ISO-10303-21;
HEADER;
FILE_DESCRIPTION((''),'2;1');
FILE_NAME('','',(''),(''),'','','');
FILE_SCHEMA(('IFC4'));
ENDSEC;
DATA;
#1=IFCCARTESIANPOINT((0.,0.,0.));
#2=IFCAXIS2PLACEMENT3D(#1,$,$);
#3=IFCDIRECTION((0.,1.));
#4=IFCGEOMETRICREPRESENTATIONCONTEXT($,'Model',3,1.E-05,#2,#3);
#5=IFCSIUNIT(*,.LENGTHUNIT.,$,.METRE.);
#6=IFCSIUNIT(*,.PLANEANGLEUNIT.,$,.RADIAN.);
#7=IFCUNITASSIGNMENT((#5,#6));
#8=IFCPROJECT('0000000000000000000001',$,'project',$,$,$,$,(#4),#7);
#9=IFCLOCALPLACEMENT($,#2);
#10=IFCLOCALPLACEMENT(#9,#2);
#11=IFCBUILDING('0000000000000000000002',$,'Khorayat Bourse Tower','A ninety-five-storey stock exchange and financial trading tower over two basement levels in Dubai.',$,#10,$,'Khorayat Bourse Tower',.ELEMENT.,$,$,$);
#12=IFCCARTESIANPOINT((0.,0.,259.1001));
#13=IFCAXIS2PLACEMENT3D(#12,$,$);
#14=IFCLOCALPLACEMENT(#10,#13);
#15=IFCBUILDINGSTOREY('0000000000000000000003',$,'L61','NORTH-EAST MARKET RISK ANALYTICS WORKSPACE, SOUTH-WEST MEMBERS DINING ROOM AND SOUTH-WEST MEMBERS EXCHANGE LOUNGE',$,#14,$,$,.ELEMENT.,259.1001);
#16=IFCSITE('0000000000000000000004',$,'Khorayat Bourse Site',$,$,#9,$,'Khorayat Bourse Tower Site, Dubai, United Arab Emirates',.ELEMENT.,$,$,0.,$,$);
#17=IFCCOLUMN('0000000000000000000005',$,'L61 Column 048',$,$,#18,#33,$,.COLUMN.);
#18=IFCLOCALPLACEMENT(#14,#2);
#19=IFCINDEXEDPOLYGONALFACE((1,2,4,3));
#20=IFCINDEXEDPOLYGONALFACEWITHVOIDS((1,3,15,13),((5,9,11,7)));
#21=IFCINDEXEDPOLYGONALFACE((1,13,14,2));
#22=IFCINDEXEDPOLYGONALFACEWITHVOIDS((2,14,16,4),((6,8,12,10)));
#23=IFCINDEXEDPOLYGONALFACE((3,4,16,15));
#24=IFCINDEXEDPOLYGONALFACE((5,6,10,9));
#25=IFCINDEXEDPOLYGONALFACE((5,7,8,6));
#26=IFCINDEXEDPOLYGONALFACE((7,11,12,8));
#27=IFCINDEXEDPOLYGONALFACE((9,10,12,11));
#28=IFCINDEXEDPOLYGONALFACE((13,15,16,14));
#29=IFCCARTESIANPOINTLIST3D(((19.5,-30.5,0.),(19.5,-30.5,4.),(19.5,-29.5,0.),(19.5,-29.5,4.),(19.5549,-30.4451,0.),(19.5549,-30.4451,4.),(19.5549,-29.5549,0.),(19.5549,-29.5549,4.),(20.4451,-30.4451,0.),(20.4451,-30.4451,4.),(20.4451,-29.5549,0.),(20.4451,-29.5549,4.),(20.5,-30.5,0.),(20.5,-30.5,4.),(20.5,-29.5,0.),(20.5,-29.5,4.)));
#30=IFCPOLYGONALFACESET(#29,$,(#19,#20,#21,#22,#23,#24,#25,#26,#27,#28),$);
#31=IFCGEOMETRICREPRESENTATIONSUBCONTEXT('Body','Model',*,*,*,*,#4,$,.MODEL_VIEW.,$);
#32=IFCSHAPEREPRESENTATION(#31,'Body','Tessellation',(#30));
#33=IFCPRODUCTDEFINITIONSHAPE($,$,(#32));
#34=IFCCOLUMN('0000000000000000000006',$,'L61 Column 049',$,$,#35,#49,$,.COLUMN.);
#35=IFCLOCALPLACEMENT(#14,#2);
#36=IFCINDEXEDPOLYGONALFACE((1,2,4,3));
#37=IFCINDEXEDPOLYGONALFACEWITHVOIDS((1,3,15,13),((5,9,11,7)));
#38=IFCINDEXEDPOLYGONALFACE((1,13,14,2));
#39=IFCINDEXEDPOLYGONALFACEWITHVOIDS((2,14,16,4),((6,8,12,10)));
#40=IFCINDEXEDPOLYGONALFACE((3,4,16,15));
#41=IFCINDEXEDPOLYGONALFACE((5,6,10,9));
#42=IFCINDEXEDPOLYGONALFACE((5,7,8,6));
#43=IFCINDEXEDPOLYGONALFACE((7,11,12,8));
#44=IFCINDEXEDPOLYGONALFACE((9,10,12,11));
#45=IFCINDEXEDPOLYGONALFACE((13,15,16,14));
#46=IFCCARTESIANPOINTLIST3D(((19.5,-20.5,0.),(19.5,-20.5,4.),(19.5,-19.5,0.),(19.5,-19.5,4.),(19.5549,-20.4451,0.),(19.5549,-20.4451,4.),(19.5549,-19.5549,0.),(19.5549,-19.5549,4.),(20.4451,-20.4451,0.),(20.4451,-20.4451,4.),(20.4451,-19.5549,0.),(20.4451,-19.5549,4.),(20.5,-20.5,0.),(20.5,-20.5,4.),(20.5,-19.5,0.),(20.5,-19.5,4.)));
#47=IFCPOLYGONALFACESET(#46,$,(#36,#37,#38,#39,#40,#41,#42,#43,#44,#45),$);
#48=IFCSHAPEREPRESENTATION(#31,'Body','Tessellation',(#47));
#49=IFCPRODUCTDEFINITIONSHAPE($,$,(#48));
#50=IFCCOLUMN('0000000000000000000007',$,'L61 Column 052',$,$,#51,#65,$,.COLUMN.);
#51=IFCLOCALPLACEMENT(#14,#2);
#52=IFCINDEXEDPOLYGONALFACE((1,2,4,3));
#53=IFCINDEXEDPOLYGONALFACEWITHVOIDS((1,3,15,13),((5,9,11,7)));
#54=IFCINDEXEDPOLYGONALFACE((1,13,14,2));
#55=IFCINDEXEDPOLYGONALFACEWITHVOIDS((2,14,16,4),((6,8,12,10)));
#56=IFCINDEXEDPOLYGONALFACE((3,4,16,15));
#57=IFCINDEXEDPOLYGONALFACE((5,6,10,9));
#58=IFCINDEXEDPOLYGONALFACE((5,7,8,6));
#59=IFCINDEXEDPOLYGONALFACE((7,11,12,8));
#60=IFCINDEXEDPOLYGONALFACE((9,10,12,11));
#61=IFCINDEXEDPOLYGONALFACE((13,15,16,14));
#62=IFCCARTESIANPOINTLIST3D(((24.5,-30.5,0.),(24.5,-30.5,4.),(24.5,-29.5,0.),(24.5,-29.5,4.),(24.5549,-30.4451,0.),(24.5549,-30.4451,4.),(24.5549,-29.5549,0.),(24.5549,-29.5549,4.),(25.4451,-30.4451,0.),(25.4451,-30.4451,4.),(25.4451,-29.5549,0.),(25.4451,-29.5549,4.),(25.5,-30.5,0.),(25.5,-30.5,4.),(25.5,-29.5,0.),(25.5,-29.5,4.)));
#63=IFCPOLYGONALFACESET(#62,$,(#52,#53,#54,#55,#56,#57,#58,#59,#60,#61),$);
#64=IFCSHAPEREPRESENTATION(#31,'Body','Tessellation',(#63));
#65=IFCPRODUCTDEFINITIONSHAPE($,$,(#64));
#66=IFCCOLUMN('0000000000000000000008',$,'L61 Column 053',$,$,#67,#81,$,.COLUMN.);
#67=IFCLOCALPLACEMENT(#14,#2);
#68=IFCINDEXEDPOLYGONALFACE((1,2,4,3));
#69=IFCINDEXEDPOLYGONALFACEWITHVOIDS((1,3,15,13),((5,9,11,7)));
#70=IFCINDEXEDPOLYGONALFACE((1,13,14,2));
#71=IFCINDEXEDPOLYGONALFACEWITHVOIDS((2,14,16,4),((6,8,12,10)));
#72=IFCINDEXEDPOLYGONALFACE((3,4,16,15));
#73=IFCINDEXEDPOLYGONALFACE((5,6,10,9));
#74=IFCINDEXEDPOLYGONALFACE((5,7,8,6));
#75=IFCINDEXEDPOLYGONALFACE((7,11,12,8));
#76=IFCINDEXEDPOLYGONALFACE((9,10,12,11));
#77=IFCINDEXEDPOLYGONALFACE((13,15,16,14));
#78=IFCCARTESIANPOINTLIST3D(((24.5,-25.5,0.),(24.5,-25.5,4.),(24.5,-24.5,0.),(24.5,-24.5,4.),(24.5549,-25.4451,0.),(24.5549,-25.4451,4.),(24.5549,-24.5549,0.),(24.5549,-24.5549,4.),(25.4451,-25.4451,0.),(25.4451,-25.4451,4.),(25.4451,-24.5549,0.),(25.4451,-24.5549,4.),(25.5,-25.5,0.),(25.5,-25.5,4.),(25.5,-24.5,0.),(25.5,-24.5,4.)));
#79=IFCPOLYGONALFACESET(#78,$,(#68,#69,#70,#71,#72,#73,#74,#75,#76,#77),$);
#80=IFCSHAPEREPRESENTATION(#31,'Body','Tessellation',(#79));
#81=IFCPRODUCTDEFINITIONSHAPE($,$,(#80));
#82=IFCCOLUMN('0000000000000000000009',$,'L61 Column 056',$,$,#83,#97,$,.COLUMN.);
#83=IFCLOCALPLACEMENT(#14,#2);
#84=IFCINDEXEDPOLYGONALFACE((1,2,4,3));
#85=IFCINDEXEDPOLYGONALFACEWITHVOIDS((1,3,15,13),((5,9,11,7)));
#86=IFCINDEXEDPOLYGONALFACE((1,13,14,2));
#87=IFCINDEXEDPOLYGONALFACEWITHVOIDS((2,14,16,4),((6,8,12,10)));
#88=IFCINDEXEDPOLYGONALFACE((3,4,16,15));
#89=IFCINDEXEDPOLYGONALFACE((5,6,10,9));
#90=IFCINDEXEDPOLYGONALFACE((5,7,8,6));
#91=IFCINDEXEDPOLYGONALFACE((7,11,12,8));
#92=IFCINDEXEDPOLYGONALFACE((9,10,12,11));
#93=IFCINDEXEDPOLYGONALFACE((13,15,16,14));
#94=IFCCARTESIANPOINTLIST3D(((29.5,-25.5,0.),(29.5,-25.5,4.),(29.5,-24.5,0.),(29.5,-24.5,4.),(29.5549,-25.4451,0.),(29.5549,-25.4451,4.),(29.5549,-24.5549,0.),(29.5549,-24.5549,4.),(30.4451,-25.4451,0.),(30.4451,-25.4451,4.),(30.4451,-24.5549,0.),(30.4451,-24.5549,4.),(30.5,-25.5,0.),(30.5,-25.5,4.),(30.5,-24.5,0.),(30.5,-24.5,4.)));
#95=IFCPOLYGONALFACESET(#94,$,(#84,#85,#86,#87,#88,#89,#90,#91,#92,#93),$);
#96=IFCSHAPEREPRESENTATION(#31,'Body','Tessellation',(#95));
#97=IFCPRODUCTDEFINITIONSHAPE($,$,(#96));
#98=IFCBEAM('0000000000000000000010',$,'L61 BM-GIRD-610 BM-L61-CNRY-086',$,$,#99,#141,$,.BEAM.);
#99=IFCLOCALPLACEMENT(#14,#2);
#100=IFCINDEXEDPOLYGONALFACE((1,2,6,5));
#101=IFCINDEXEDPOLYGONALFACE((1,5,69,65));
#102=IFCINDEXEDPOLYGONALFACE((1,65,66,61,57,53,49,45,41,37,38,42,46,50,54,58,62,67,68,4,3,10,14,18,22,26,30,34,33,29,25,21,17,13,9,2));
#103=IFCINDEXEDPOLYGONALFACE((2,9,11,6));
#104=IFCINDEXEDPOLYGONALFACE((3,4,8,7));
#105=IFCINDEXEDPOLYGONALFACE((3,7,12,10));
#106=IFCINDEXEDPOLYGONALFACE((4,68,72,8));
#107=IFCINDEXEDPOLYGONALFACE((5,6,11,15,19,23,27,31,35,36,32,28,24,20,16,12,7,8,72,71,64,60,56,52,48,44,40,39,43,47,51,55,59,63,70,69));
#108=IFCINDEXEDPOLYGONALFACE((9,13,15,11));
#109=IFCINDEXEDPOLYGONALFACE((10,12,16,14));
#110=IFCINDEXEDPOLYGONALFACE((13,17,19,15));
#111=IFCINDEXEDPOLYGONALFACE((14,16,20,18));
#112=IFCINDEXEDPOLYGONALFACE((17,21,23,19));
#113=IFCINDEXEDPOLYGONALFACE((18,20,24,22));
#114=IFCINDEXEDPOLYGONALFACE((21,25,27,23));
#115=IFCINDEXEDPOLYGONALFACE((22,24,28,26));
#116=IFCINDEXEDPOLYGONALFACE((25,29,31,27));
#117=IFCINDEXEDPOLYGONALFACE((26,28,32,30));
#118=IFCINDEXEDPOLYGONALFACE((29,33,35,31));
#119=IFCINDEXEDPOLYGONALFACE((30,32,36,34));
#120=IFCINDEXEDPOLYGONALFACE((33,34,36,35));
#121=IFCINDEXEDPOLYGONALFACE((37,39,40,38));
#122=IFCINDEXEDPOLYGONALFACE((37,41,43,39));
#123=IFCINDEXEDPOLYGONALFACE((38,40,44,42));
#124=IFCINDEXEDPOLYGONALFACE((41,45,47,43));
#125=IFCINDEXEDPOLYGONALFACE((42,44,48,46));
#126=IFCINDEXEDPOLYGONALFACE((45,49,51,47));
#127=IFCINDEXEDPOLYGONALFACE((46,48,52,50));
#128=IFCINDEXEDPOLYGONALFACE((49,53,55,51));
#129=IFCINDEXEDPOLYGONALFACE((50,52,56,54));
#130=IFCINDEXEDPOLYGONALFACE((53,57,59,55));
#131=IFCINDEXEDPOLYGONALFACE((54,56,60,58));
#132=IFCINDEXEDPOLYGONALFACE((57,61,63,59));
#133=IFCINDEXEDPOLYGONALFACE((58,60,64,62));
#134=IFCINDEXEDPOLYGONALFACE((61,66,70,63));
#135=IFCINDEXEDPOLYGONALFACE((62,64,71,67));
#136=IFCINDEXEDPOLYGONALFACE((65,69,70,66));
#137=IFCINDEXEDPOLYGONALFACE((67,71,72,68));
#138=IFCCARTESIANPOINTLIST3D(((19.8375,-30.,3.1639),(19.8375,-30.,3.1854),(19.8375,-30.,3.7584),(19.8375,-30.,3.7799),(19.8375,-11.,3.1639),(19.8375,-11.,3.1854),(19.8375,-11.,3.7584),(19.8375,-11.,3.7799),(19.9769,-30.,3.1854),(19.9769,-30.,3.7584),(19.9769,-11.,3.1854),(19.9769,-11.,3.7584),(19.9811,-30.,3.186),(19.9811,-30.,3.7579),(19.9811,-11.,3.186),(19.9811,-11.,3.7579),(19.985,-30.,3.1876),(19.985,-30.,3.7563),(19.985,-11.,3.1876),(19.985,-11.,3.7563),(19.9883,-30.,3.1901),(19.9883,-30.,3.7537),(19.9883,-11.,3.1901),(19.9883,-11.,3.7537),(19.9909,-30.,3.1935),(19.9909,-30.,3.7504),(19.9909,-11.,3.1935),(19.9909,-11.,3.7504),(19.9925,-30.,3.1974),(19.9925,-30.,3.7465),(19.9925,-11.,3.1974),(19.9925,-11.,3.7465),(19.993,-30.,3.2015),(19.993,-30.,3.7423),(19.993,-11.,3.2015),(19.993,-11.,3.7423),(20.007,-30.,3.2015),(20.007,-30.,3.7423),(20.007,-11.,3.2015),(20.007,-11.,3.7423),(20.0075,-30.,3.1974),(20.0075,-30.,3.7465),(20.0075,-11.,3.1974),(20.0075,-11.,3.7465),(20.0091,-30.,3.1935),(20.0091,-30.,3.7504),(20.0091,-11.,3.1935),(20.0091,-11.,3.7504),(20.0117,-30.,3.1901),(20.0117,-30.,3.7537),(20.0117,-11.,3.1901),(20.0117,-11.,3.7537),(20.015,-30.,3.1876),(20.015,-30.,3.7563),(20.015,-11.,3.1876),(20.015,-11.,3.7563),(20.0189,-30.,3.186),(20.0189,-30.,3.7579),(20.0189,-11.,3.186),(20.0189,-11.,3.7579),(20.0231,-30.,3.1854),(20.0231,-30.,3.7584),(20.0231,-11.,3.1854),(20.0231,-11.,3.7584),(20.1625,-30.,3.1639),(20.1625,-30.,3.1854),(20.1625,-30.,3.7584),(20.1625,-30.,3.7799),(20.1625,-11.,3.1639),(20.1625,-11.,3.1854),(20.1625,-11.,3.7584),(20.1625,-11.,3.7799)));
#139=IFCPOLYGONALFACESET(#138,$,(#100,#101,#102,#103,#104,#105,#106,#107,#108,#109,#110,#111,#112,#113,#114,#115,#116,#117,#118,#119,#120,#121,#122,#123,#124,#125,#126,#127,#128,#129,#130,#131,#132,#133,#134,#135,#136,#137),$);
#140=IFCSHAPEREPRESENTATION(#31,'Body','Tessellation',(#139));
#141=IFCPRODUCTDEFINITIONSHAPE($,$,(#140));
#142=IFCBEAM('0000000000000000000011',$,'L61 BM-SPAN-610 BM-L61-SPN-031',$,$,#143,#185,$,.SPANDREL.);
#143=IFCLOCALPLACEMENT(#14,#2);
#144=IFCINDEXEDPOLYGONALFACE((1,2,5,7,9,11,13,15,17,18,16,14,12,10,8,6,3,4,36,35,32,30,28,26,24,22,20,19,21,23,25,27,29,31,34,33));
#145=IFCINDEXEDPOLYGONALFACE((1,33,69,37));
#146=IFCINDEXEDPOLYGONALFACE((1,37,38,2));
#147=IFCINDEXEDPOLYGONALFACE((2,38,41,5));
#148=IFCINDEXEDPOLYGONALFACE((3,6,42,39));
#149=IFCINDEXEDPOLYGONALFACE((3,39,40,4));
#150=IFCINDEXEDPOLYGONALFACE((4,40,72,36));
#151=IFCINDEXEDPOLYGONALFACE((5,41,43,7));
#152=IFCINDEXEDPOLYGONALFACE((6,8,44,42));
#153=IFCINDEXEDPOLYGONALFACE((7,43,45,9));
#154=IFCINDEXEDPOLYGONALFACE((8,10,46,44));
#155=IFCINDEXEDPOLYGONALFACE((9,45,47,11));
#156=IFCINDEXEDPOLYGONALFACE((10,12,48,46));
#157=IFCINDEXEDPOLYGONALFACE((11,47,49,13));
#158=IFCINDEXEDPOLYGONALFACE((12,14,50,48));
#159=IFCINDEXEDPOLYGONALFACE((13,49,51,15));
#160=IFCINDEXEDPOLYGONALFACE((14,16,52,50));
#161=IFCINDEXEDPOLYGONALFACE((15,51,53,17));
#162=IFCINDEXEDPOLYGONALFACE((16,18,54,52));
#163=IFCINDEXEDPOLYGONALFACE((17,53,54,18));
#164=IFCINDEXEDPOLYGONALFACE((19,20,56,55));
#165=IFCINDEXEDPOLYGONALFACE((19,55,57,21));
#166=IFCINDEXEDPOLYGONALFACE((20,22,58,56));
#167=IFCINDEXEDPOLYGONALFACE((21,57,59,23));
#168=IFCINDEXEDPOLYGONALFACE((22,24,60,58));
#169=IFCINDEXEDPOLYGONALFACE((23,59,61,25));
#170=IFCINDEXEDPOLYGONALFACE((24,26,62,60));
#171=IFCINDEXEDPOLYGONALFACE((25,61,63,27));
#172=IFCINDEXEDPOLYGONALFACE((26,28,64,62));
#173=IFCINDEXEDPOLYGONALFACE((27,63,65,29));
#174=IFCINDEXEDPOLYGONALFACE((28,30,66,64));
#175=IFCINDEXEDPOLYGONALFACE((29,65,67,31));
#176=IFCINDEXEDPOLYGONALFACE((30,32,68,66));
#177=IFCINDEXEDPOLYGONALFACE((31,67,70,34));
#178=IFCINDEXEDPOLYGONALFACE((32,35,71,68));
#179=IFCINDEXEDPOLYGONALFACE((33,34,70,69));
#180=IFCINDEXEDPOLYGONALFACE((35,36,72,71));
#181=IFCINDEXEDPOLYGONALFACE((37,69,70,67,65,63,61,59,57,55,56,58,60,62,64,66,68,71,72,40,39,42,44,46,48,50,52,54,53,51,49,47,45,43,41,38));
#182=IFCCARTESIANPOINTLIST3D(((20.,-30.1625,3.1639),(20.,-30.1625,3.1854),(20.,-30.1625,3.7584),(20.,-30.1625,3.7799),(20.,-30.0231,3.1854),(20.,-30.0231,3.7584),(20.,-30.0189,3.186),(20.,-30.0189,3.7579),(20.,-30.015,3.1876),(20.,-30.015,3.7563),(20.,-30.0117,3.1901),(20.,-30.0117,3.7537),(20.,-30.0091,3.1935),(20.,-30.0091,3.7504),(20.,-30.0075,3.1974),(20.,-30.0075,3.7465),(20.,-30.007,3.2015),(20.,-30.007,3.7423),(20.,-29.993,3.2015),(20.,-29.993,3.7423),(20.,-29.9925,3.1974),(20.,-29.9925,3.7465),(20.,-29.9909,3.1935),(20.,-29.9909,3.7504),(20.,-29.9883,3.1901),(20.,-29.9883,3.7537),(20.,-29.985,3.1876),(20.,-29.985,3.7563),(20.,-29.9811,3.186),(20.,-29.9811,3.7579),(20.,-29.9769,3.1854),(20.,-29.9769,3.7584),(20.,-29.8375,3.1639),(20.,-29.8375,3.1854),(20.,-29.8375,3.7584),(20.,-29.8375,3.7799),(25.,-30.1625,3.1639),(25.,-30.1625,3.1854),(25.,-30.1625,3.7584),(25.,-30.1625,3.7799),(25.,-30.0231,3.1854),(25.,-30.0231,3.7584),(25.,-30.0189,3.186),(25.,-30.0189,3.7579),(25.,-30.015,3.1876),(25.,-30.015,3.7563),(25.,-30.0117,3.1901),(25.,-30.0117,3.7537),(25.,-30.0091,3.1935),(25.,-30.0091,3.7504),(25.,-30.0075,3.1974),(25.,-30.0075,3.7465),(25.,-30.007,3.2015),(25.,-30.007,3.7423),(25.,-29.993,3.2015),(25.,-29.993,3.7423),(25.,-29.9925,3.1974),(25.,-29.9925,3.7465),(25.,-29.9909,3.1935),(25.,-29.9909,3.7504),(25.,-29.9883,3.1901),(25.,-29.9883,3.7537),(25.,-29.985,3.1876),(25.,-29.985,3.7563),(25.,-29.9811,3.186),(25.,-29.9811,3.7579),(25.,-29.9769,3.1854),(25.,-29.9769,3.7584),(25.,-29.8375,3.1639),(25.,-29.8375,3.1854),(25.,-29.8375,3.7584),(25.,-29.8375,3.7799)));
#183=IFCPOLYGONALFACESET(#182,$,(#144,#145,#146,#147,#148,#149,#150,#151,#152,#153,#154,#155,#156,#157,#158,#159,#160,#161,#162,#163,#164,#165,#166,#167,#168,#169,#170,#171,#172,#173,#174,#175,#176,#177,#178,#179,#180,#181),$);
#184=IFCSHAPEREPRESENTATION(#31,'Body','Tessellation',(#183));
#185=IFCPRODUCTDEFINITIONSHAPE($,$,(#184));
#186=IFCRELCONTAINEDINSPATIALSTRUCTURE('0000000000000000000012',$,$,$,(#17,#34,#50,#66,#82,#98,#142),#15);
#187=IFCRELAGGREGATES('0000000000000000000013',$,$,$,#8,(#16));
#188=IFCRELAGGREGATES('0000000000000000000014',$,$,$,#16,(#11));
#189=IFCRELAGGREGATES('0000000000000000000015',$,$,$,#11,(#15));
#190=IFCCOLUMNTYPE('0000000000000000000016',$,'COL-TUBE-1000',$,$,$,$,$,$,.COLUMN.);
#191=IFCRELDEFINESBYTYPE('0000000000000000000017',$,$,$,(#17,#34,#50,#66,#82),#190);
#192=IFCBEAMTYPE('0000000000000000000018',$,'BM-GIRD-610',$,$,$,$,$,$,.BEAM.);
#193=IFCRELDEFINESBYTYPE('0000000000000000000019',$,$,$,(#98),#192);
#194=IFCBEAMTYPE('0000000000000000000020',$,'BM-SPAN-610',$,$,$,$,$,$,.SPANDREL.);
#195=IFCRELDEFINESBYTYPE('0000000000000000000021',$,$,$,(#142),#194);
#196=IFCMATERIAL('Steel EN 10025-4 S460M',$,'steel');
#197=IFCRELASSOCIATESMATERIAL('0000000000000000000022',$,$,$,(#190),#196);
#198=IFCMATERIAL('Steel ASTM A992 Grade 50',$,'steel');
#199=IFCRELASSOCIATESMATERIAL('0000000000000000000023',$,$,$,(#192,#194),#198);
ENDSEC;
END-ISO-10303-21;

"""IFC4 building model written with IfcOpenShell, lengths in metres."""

from ifc_helpers import new_model, si_unit, direction, frame, origin, origin_2d, place, context, subcontext, project, spatial, hollow_rectangle, i_section, extrude, source, transform, mapped, material, material_profile, profile_set, type_object, element, save


model = new_model("IFC4")

# Units and contexts
model_context = context("Model", 3, precision=1e-05, world=origin(), true_north=direction((0.0, 1.0)))
body_context = subcontext(model_context, "Body", "Model", "MODEL_VIEW")
ifc_project = project(units=[si_unit("LENGTHUNIT", "METRE"), si_unit("PLANEANGLEUNIT", "RADIAN")], contexts=[model_context])

# Site, building, storey
site_placement = place(None, origin())
site = spatial("IfcSite", under=ifc_project, at=site_placement, Name="Khorayat Bourse Site", LongName="Khorayat Bourse Tower Site, Dubai, United Arab Emirates", CompositionType="ELEMENT", RefElevation=0.0)
building_placement = place(site_placement, origin())
building = spatial("IfcBuilding", under=site, at=building_placement, Name="Khorayat Bourse Tower", Description="A ninety-five-storey stock exchange and financial trading tower over two basement levels in Dubai.", LongName="Khorayat Bourse Tower", CompositionType="ELEMENT")
storey_placement = place(building_placement, frame((0.0, 0.0, 259.1001)))
storey = spatial("IfcBuildingStorey", under=building, at=storey_placement, Name="L61", Description="NORTH-EAST MARKET RISK ANALYTICS WORKSPACE, SOUTH-WEST MEMBERS DINING ROOM AND SOUTH-WEST MEMBERS EXCHANGE LOUNGE", CompositionType="ELEMENT", Elevation=259.1001)

# Columns
ifc_material_1 = material(Name="Steel EN 10025-4 S460M", Category="steel")
ifc_material_profile_1 = material_profile(ifc_material_1, hollow_rectangle(XDim=1.0, YDim=1.0, WallThickness=0.0549, at=origin_2d()), Name="BOX 1000x1000x55")
ifc_profile_set_1 = profile_set([ifc_material_profile_1], Name="Steel EN 10025-4 S460M")
column_type = type_object("IfcColumnType", Name="COL-TUBE-1000", PredefinedType="COLUMN", material=ifc_profile_set_1)
shared_shape_1 = source(origin(), body_context, "Body", "SweptSolid", [
    extrude(hollow_rectangle(XDim=1.0, YDim=1.0, WallThickness=0.0549, at=origin_2d()), origin(), (0.0, 0.0, 1.0), 4.0),
])
for number, where, z_axis, x_axis, name in (
    (1, (20.0, -30.0, 0.0), (0.0, 0.0, 1.0), (1.0, 0.0, 0.0), "L61 Column 048"),
    (2, (20.0, -20.0, 0.0), (0.0, 0.0, 1.0), (1.0, 0.0, 0.0), "L61 Column 049"),
    (3, (25.0, -30.0, 0.0), (0.0, 0.0, 1.0), (1.0, 0.0, 0.0), "L61 Column 052"),
    (4, (25.0, -25.0, 0.0), (0.0, 0.0, 1.0), (1.0, 0.0, 0.0), "L61 Column 053"),
    (5, (30.0, -25.0, 0.0), (0.0, 0.0, 1.0), (1.0, 0.0, 0.0), "L61 Column 056"),
):
    element("IfcColumn", number, at=place(storey_placement, frame(where, z_axis=z_axis, x_axis=x_axis)), inside=storey, type_object=column_type, Name=name, PredefinedType="COLUMN", context=body_context, shape_type="MappedRepresentation", body=[
        mapped(shared_shape_1, transform((0.0, 0.0, 0.0), scale=1.0)),
    ])

# Beams
ifc_material_2 = material(Name="Steel ASTM A992 Grade 50", Category="steel")
ifc_material_profile_2 = material_profile(ifc_material_2, i_section(OverallWidth=0.325, OverallDepth=0.616, WebThickness=0.0139, FlangeThickness=0.0215, FilletRadius=0.0161, at=origin_2d()), Name="W610X174")
ifc_profile_set_2 = profile_set([ifc_material_profile_2], Name="Steel ASTM A992 Grade 50")
beam_type_1 = type_object("IfcBeamType", Name="BM-GIRD-610", PredefinedType="BEAM", material=ifc_profile_set_2)
shared_shape_2 = source(origin(), body_context, "Body", "SweptSolid", [
    extrude(i_section(OverallWidth=0.325, OverallDepth=0.616, WebThickness=0.0139, FlangeThickness=0.0215, FilletRadius=0.0161, at=origin_2d()), origin(), (0.0, 0.0, 1.0), 19.0),
])
beam_1_placement = place(storey_placement, frame((20.0, -30.0, 3.4719), z_axis=(0.0, 1.0, 0.0), x_axis=(-1.0, 0.0, 0.0)))
element("IfcBeam", 6, at=beam_1_placement, inside=storey, type_object=beam_type_1, Name="L61 BM-GIRD-610 BM-L61-CNRY-086", PredefinedType="BEAM", context=body_context, shape_type="MappedRepresentation", body=[
    mapped(shared_shape_2, transform((0.0, 0.0, 0.0), scale=1.0)),
])
ifc_material_profile_3 = material_profile(ifc_material_2, i_section(OverallWidth=0.325, OverallDepth=0.616, WebThickness=0.0139, FlangeThickness=0.0215, FilletRadius=0.0161, at=origin_2d()), Name="W610X174")
ifc_profile_set_3 = profile_set([ifc_material_profile_3], Name="Steel ASTM A992 Grade 50")
beam_type_2 = type_object("IfcBeamType", Name="BM-SPAN-610", PredefinedType="SPANDREL", material=ifc_profile_set_3)
shared_shape_3 = source(origin(), body_context, "Body", "SweptSolid", [
    extrude(i_section(OverallWidth=0.325, OverallDepth=0.616, WebThickness=0.0139, FlangeThickness=0.0215, FilletRadius=0.0161, at=origin_2d()), origin(), (0.0, 0.0, 1.0), 5.0),
])
for number, where, z_axis, x_axis, name in (
    (7, (20.0, -30.0, 3.4719), (1.0, 0.0, 0.0), (0.0, 1.0, 0.0), "L61 BM-SPAN-610 BM-L61-SPN-031"),
):
    element("IfcBeam", number, at=place(storey_placement, frame(where, z_axis=z_axis, x_axis=x_axis)), inside=storey, type_object=beam_type_2, Name=name, PredefinedType="SPANDREL", context=body_context, shape_type="MappedRepresentation", body=[
        mapped(shared_shape_3, transform((0.0, 0.0, 0.0), scale=1.0)),
    ])

save(model, "model.ifc")
